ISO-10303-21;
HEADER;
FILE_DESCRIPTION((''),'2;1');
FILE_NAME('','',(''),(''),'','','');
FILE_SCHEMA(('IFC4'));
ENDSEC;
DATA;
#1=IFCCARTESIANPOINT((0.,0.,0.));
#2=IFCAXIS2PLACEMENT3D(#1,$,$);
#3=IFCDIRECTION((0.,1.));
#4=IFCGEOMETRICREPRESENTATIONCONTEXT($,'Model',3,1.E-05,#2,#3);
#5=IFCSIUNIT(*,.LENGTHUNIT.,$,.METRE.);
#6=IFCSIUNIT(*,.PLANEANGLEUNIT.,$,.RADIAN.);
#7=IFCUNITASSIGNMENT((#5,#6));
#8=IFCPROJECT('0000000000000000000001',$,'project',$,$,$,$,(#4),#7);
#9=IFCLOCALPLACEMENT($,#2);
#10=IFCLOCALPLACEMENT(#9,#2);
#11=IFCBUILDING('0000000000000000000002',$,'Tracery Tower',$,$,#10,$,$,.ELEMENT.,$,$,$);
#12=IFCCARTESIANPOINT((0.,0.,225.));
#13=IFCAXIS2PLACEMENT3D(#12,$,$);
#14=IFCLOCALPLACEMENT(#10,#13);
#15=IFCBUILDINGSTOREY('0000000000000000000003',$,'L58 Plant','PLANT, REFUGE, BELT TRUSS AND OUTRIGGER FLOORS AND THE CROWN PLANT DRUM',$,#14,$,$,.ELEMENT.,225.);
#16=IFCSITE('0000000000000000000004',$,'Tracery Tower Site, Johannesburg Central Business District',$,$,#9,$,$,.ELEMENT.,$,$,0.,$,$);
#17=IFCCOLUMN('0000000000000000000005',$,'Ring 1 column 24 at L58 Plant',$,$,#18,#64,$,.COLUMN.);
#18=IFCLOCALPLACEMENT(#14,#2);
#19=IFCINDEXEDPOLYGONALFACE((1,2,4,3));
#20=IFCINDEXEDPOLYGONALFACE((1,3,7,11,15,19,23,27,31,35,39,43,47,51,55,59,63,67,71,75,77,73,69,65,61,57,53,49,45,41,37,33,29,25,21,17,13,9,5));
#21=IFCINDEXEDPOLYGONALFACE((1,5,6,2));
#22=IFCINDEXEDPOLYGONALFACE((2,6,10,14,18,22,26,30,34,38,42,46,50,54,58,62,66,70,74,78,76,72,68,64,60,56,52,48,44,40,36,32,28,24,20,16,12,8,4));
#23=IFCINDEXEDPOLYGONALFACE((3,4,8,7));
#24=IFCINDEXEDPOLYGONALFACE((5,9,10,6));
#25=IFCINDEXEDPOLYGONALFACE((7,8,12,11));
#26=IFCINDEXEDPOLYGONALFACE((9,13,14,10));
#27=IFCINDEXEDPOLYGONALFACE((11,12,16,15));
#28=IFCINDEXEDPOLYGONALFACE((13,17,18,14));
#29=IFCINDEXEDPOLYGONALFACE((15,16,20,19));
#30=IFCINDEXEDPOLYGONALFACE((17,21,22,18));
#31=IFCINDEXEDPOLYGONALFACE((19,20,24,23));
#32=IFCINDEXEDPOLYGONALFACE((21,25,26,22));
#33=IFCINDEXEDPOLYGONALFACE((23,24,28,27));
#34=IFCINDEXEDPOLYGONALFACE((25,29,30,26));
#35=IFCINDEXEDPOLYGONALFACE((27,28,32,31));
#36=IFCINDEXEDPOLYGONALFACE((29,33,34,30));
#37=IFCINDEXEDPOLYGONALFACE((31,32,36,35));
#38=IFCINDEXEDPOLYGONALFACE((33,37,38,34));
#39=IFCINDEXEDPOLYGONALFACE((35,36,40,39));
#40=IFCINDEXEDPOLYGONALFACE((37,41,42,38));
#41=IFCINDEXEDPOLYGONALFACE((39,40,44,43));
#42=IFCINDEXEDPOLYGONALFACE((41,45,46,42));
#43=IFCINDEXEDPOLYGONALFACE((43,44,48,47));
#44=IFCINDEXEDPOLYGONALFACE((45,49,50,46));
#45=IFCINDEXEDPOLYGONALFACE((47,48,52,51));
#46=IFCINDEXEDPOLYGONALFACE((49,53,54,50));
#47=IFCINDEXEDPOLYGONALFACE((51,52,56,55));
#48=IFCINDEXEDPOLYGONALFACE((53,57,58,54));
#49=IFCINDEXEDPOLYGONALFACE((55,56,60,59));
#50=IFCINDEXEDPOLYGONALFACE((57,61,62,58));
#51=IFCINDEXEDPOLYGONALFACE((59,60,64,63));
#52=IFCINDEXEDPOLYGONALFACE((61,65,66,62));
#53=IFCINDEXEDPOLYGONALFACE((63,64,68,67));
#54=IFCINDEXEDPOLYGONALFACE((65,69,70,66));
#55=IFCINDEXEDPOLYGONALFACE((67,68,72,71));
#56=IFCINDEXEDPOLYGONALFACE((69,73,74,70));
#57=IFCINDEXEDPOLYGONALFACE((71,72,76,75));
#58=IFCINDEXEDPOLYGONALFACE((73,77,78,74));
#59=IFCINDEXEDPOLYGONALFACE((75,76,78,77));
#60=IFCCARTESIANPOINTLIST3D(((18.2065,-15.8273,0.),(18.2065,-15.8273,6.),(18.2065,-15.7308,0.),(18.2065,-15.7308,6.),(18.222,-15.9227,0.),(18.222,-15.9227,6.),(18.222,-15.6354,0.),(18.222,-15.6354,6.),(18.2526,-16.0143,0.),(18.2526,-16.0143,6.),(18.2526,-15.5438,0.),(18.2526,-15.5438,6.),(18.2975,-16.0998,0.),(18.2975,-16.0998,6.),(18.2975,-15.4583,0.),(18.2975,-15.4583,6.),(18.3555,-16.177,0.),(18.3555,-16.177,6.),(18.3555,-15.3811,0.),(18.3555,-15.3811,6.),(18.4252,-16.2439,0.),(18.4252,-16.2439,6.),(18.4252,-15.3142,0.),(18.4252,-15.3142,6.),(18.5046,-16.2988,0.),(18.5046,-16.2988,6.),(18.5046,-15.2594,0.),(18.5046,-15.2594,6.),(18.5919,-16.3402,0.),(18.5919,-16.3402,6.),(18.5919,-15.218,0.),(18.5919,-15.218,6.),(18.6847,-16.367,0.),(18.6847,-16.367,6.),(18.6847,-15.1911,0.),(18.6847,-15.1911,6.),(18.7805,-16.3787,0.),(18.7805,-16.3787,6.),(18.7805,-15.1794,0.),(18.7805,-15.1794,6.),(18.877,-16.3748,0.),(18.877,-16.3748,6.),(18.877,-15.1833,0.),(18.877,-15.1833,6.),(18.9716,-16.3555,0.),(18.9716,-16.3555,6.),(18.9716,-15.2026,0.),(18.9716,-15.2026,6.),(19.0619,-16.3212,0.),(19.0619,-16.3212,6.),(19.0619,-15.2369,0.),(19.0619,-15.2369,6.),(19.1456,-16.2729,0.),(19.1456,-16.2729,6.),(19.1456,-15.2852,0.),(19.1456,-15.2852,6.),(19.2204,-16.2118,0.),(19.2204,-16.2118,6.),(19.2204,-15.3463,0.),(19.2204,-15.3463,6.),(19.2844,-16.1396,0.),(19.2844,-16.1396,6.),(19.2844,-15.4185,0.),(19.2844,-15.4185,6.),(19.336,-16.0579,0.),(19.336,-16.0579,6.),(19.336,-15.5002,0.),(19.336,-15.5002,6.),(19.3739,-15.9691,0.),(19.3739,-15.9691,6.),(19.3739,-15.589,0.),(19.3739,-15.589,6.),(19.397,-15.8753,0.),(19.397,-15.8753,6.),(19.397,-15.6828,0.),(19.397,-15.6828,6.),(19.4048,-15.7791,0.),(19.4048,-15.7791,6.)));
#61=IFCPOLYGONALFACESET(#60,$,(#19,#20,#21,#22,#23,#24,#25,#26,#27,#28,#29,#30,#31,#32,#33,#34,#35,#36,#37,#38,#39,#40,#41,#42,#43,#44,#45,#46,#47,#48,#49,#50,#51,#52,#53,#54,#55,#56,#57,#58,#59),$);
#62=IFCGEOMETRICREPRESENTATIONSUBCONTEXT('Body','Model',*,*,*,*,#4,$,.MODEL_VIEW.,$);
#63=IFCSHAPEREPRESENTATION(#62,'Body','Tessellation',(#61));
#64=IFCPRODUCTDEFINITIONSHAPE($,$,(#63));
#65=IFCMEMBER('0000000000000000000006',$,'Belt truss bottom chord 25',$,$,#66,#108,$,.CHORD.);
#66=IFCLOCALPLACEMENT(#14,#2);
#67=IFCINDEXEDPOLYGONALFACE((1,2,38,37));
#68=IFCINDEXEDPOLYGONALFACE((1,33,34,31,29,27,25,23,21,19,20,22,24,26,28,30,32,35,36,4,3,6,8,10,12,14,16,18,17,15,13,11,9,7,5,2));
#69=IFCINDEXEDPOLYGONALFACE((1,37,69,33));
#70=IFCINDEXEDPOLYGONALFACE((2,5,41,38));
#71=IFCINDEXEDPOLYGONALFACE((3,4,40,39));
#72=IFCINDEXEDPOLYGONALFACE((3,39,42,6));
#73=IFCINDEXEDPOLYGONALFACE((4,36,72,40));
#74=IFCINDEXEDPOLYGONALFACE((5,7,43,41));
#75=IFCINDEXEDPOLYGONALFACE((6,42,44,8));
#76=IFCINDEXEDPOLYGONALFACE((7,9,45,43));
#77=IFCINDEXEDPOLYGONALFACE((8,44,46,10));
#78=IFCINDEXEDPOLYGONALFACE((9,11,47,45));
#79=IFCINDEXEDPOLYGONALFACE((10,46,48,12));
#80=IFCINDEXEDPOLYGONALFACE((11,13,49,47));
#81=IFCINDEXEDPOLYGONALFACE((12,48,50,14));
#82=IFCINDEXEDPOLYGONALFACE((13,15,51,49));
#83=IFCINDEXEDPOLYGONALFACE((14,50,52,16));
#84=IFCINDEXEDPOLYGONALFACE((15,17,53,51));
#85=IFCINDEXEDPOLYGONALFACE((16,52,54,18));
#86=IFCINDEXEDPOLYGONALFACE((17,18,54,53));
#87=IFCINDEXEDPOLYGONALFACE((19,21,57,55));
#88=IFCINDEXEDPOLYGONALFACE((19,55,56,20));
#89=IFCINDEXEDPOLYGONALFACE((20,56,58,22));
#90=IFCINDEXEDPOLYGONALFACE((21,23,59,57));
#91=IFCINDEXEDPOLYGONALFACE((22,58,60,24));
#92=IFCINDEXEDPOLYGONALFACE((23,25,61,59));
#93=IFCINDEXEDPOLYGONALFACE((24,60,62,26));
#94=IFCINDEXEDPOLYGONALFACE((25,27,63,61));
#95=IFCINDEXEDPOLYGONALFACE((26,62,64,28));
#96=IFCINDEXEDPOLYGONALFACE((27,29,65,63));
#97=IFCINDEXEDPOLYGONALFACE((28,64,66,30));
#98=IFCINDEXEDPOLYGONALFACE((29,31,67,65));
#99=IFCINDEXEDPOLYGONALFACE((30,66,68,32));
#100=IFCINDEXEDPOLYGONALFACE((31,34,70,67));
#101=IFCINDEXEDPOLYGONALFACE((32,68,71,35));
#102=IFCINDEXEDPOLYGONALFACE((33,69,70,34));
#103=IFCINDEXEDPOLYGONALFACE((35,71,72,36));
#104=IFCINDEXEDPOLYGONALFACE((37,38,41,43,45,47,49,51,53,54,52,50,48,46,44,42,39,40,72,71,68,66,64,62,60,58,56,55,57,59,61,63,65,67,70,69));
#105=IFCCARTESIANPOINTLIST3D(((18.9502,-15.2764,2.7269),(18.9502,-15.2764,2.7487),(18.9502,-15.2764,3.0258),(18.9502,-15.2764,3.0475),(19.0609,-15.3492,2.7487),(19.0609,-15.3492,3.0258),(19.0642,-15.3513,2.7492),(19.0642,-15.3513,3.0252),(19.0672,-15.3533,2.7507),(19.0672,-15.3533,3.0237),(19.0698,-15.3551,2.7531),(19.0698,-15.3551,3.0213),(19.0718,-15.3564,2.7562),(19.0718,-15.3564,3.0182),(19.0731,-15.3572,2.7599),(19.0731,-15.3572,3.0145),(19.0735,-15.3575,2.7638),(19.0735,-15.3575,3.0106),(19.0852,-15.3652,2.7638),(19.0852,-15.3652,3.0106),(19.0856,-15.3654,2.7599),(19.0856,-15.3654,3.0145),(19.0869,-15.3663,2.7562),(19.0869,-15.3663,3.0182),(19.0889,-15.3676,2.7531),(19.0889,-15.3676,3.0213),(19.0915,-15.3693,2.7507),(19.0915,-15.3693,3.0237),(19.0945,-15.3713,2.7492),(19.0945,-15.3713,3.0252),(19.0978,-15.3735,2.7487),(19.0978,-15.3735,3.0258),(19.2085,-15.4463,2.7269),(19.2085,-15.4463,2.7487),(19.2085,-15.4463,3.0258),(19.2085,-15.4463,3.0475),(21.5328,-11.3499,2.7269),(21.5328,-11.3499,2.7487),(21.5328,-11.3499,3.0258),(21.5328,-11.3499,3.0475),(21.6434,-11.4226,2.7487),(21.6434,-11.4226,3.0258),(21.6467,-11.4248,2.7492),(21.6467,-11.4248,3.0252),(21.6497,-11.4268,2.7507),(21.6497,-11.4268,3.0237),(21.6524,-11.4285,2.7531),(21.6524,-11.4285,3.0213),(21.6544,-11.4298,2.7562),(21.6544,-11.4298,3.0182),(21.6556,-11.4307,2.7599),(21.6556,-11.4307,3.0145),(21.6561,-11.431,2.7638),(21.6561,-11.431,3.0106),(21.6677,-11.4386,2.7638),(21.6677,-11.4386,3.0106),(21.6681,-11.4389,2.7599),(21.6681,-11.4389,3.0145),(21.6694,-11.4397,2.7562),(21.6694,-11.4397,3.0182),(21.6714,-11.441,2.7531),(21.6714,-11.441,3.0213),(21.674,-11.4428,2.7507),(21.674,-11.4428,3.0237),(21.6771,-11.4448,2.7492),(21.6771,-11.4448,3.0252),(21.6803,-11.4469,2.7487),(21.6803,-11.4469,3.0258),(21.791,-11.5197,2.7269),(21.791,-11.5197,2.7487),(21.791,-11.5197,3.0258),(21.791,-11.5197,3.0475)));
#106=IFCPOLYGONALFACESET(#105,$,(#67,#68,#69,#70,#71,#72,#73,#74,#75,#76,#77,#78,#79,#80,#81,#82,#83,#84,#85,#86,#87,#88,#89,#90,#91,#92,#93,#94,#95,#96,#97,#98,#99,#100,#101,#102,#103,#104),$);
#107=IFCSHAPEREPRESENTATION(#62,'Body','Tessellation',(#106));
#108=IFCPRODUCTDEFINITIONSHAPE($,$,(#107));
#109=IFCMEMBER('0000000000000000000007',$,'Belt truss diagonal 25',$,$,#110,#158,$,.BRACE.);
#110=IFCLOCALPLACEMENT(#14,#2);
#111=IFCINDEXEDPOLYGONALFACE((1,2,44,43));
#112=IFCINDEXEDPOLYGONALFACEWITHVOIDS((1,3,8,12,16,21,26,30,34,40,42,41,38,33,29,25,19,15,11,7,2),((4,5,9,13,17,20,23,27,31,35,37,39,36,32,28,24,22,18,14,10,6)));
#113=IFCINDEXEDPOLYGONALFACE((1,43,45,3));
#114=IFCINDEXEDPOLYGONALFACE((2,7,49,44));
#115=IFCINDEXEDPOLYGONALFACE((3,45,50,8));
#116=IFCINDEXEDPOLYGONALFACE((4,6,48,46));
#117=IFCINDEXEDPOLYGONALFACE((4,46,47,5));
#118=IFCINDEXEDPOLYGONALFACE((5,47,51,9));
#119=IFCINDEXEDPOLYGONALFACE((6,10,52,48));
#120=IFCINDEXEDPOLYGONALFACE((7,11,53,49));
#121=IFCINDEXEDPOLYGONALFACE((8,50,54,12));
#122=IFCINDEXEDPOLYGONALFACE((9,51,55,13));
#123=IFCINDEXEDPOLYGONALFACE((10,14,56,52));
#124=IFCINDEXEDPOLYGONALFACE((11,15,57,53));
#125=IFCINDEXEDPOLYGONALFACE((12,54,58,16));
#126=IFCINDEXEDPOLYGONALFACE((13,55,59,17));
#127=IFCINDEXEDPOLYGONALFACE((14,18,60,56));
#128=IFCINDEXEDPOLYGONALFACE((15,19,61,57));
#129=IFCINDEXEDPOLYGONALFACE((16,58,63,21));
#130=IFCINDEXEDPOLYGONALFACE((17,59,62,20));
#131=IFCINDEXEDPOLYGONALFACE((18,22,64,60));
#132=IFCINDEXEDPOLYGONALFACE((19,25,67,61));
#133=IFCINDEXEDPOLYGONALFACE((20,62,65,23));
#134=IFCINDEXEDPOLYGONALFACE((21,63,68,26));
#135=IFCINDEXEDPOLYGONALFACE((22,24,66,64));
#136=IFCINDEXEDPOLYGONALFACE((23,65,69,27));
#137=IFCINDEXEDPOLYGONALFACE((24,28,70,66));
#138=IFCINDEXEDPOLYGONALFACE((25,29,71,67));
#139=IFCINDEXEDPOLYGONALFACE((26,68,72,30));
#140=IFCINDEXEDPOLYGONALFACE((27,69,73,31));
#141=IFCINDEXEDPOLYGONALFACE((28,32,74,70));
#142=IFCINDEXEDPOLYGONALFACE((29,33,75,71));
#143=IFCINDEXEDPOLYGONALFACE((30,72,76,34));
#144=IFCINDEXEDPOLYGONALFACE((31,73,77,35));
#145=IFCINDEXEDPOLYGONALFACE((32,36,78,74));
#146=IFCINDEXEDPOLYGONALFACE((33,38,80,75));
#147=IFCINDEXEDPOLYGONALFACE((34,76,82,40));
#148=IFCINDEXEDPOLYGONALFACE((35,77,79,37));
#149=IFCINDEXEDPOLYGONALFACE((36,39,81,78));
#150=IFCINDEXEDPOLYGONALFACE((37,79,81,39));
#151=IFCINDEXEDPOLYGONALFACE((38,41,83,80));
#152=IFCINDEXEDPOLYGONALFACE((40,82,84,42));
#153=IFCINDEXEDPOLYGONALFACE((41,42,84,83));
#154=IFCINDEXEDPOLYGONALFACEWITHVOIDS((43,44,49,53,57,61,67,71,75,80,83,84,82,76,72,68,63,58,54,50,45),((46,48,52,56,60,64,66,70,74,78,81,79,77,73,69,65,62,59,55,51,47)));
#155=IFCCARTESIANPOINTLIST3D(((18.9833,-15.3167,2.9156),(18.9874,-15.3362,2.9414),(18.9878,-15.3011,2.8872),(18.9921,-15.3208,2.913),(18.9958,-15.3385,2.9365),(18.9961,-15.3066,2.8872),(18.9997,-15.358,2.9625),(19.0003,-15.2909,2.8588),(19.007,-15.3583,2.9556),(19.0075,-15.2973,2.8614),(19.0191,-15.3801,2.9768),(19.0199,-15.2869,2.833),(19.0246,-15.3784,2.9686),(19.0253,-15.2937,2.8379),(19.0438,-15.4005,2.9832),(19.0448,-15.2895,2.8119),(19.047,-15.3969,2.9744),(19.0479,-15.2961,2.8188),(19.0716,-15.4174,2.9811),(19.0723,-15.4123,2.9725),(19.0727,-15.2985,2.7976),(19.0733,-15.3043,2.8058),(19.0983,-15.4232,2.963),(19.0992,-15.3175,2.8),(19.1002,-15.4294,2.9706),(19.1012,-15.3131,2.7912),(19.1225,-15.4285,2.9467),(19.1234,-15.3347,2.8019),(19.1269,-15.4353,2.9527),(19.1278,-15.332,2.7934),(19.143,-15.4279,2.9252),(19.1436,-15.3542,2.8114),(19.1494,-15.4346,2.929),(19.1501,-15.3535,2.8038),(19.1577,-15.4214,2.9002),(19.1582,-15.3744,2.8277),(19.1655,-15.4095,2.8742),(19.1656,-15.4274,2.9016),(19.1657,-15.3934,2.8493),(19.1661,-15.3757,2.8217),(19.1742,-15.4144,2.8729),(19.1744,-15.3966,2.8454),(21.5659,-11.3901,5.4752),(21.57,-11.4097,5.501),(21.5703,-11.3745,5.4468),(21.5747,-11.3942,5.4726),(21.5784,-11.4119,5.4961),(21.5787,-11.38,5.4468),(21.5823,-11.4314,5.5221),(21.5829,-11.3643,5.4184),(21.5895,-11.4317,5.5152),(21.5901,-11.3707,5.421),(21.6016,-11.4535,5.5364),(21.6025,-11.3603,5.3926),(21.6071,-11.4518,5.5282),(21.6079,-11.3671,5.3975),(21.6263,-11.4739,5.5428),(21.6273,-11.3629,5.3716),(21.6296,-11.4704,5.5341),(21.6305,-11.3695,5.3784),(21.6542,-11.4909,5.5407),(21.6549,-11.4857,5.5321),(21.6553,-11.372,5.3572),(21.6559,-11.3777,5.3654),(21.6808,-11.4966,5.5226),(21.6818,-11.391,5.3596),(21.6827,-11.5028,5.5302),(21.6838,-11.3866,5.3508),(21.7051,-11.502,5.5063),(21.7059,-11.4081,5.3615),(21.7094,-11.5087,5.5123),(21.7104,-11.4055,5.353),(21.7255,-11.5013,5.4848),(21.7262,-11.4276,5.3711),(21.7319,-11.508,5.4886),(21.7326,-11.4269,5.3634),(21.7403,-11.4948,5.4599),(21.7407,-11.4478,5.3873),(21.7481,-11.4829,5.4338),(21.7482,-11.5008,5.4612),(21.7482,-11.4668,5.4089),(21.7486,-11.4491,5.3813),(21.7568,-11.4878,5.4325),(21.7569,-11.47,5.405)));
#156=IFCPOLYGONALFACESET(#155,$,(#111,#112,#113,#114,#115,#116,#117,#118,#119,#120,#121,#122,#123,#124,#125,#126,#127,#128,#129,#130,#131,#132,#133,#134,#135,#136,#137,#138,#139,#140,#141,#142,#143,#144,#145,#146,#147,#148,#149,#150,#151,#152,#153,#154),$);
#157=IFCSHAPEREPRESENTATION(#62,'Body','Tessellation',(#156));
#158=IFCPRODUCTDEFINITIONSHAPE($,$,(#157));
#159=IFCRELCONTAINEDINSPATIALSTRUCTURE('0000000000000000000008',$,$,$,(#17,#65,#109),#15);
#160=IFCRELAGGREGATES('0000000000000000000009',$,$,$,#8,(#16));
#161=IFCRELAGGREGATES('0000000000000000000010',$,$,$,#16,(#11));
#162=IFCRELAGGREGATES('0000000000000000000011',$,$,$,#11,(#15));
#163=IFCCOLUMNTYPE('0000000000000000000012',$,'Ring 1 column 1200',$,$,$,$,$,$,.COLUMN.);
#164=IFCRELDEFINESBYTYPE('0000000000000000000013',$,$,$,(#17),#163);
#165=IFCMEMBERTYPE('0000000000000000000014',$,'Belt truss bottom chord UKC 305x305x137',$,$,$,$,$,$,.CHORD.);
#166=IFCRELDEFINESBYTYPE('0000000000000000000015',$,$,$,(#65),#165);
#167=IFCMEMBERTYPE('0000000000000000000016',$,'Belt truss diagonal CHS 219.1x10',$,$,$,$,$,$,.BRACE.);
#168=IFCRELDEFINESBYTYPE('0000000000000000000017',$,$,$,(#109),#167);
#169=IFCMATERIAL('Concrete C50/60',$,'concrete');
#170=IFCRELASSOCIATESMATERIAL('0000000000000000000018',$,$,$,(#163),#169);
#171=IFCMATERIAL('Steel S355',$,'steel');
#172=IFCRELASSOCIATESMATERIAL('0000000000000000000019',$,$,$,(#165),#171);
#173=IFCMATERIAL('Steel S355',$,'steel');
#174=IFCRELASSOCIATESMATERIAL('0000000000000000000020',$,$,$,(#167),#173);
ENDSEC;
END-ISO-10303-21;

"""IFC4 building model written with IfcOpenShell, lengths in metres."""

from ifc_helpers import new_model, si_unit, direction, frame, origin, origin_2d, place, context, subcontext, project, spatial, circle, hollow_circle, i_section, extrude, material, material_profile, profile_set, type_object, element, save


model = new_model("IFC4")

# Units and contexts
model_context = context("Model", 3, precision=1e-05, world=origin(), true_north=direction((0.0, 1.0)))
body_context = subcontext(model_context, "Body", "Model", "MODEL_VIEW")
ifc_project = project(units=[si_unit("LENGTHUNIT", "METRE"), si_unit("PLANEANGLEUNIT", "RADIAN")], contexts=[model_context])

# Site, building, storey
site_placement = place(None, origin())
site = spatial("IfcSite", under=ifc_project, at=site_placement, Name="Tracery Tower Site, Johannesburg Central Business District", CompositionType="ELEMENT", RefElevation=0.0)
building_placement = place(site_placement, origin())
building = spatial("IfcBuilding", under=site, at=building_placement, Name="Tracery Tower", CompositionType="ELEMENT")
storey_placement = place(building_placement, frame((0.0, 0.0, 225.0)))
storey = spatial("IfcBuildingStorey", under=building, at=storey_placement, Name="L58 Plant", Description="PLANT, REFUGE, BELT TRUSS AND OUTRIGGER FLOORS AND THE CROWN PLANT DRUM", CompositionType="ELEMENT", Elevation=225.0)

# Column
ifc_material_1 = material(Name="Concrete C50/60", Category="concrete")
ifc_material_profile_1 = material_profile(ifc_material_1, circle(Radius=0.6001, at=origin_2d()), Name="RC D1200")
ifc_profile_set_1 = profile_set([ifc_material_profile_1], Name="Concrete C50/60")
column_type = type_object("IfcColumnType", Name="Ring 1 column 1200", PredefinedType="COLUMN", material=ifc_profile_set_1)
column_placement = place(storey_placement, frame((18.8047, -15.7791, 0.0), z_axis=(0.0, 0.0, 1.0), x_axis=(1.0, 0.0, 0.0)))
element("IfcColumn", 1, at=column_placement, inside=storey, type_object=column_type, Name="Ring 1 column 24 at L58 Plant", PredefinedType="COLUMN", context=body_context, shape_type="SweptSolid", body=[
    extrude(circle(Radius=0.6001, at=origin_2d()), origin(), (0.0, 0.0, 1.0), 6.0),
])

# Members
ifc_material_2 = material(Name="Steel S355", Category="steel")
ifc_material_profile_2 = material_profile(ifc_material_2, i_section(OverallWidth=0.3091, OverallDepth=0.3206, WebThickness=0.0139, FlangeThickness=0.0217, FilletRadius=0.0151, at=origin_2d()), Name="UKC 305x305x137")
ifc_profile_set_2 = profile_set([ifc_material_profile_2], Name="Steel S355")
member_type_1 = type_object("IfcMemberType", Name="Belt truss bottom chord UKC 305x305x137", PredefinedType="CHORD", material=ifc_profile_set_2)
member_1_placement = place(storey_placement, frame((19.0793, -15.3613, 2.8872), z_axis=(0.549511, 0.835487, 0.0), x_axis=(-0.835487, 0.549511, 0.0)))
element("IfcMember", 2, at=member_1_placement, inside=storey, type_object=member_type_1, Name="Belt truss bottom chord 25", PredefinedType="CHORD", context=body_context, shape_type="SweptSolid", body=[
    extrude(i_section(OverallWidth=0.3091, OverallDepth=0.3206, WebThickness=0.0139, FlangeThickness=0.0217, FilletRadius=0.0151, at=origin_2d()), origin(), (0.0, 0.0, 1.0), 4.6997),
])
ifc_material_3 = material(Name="Steel S355", Category="steel")
ifc_material_profile_3 = material_profile(ifc_material_3, hollow_circle(Radius=0.1096, WallThickness=0.01, at=origin_2d()), Name="CHS 219.1x10")
ifc_profile_set_3 = profile_set([ifc_material_profile_3], Name="Steel S355")
member_type_2 = type_object("IfcMemberType", Name="Belt truss diagonal CHS 219.1x10", PredefinedType="BRACE", material=ifc_profile_set_3)
member_2_placement = place(storey_placement, frame((19.0793, -15.3613, 2.8872), z_axis=(0.482581, 0.733725, 0.478292), x_axis=(-0.835487, 0.549511, 0.0)))
element("IfcMember", 3, at=member_2_placement, inside=storey, type_object=member_type_2, Name="Belt truss diagonal 25", PredefinedType="BRACE", context=body_context, shape_type="SweptSolid", body=[
    extrude(hollow_circle(Radius=0.1096, WallThickness=0.01, at=origin_2d()), origin(), (0.0, 0.0, 1.0), 5.3516),
])

save(model, "model.ifc")
